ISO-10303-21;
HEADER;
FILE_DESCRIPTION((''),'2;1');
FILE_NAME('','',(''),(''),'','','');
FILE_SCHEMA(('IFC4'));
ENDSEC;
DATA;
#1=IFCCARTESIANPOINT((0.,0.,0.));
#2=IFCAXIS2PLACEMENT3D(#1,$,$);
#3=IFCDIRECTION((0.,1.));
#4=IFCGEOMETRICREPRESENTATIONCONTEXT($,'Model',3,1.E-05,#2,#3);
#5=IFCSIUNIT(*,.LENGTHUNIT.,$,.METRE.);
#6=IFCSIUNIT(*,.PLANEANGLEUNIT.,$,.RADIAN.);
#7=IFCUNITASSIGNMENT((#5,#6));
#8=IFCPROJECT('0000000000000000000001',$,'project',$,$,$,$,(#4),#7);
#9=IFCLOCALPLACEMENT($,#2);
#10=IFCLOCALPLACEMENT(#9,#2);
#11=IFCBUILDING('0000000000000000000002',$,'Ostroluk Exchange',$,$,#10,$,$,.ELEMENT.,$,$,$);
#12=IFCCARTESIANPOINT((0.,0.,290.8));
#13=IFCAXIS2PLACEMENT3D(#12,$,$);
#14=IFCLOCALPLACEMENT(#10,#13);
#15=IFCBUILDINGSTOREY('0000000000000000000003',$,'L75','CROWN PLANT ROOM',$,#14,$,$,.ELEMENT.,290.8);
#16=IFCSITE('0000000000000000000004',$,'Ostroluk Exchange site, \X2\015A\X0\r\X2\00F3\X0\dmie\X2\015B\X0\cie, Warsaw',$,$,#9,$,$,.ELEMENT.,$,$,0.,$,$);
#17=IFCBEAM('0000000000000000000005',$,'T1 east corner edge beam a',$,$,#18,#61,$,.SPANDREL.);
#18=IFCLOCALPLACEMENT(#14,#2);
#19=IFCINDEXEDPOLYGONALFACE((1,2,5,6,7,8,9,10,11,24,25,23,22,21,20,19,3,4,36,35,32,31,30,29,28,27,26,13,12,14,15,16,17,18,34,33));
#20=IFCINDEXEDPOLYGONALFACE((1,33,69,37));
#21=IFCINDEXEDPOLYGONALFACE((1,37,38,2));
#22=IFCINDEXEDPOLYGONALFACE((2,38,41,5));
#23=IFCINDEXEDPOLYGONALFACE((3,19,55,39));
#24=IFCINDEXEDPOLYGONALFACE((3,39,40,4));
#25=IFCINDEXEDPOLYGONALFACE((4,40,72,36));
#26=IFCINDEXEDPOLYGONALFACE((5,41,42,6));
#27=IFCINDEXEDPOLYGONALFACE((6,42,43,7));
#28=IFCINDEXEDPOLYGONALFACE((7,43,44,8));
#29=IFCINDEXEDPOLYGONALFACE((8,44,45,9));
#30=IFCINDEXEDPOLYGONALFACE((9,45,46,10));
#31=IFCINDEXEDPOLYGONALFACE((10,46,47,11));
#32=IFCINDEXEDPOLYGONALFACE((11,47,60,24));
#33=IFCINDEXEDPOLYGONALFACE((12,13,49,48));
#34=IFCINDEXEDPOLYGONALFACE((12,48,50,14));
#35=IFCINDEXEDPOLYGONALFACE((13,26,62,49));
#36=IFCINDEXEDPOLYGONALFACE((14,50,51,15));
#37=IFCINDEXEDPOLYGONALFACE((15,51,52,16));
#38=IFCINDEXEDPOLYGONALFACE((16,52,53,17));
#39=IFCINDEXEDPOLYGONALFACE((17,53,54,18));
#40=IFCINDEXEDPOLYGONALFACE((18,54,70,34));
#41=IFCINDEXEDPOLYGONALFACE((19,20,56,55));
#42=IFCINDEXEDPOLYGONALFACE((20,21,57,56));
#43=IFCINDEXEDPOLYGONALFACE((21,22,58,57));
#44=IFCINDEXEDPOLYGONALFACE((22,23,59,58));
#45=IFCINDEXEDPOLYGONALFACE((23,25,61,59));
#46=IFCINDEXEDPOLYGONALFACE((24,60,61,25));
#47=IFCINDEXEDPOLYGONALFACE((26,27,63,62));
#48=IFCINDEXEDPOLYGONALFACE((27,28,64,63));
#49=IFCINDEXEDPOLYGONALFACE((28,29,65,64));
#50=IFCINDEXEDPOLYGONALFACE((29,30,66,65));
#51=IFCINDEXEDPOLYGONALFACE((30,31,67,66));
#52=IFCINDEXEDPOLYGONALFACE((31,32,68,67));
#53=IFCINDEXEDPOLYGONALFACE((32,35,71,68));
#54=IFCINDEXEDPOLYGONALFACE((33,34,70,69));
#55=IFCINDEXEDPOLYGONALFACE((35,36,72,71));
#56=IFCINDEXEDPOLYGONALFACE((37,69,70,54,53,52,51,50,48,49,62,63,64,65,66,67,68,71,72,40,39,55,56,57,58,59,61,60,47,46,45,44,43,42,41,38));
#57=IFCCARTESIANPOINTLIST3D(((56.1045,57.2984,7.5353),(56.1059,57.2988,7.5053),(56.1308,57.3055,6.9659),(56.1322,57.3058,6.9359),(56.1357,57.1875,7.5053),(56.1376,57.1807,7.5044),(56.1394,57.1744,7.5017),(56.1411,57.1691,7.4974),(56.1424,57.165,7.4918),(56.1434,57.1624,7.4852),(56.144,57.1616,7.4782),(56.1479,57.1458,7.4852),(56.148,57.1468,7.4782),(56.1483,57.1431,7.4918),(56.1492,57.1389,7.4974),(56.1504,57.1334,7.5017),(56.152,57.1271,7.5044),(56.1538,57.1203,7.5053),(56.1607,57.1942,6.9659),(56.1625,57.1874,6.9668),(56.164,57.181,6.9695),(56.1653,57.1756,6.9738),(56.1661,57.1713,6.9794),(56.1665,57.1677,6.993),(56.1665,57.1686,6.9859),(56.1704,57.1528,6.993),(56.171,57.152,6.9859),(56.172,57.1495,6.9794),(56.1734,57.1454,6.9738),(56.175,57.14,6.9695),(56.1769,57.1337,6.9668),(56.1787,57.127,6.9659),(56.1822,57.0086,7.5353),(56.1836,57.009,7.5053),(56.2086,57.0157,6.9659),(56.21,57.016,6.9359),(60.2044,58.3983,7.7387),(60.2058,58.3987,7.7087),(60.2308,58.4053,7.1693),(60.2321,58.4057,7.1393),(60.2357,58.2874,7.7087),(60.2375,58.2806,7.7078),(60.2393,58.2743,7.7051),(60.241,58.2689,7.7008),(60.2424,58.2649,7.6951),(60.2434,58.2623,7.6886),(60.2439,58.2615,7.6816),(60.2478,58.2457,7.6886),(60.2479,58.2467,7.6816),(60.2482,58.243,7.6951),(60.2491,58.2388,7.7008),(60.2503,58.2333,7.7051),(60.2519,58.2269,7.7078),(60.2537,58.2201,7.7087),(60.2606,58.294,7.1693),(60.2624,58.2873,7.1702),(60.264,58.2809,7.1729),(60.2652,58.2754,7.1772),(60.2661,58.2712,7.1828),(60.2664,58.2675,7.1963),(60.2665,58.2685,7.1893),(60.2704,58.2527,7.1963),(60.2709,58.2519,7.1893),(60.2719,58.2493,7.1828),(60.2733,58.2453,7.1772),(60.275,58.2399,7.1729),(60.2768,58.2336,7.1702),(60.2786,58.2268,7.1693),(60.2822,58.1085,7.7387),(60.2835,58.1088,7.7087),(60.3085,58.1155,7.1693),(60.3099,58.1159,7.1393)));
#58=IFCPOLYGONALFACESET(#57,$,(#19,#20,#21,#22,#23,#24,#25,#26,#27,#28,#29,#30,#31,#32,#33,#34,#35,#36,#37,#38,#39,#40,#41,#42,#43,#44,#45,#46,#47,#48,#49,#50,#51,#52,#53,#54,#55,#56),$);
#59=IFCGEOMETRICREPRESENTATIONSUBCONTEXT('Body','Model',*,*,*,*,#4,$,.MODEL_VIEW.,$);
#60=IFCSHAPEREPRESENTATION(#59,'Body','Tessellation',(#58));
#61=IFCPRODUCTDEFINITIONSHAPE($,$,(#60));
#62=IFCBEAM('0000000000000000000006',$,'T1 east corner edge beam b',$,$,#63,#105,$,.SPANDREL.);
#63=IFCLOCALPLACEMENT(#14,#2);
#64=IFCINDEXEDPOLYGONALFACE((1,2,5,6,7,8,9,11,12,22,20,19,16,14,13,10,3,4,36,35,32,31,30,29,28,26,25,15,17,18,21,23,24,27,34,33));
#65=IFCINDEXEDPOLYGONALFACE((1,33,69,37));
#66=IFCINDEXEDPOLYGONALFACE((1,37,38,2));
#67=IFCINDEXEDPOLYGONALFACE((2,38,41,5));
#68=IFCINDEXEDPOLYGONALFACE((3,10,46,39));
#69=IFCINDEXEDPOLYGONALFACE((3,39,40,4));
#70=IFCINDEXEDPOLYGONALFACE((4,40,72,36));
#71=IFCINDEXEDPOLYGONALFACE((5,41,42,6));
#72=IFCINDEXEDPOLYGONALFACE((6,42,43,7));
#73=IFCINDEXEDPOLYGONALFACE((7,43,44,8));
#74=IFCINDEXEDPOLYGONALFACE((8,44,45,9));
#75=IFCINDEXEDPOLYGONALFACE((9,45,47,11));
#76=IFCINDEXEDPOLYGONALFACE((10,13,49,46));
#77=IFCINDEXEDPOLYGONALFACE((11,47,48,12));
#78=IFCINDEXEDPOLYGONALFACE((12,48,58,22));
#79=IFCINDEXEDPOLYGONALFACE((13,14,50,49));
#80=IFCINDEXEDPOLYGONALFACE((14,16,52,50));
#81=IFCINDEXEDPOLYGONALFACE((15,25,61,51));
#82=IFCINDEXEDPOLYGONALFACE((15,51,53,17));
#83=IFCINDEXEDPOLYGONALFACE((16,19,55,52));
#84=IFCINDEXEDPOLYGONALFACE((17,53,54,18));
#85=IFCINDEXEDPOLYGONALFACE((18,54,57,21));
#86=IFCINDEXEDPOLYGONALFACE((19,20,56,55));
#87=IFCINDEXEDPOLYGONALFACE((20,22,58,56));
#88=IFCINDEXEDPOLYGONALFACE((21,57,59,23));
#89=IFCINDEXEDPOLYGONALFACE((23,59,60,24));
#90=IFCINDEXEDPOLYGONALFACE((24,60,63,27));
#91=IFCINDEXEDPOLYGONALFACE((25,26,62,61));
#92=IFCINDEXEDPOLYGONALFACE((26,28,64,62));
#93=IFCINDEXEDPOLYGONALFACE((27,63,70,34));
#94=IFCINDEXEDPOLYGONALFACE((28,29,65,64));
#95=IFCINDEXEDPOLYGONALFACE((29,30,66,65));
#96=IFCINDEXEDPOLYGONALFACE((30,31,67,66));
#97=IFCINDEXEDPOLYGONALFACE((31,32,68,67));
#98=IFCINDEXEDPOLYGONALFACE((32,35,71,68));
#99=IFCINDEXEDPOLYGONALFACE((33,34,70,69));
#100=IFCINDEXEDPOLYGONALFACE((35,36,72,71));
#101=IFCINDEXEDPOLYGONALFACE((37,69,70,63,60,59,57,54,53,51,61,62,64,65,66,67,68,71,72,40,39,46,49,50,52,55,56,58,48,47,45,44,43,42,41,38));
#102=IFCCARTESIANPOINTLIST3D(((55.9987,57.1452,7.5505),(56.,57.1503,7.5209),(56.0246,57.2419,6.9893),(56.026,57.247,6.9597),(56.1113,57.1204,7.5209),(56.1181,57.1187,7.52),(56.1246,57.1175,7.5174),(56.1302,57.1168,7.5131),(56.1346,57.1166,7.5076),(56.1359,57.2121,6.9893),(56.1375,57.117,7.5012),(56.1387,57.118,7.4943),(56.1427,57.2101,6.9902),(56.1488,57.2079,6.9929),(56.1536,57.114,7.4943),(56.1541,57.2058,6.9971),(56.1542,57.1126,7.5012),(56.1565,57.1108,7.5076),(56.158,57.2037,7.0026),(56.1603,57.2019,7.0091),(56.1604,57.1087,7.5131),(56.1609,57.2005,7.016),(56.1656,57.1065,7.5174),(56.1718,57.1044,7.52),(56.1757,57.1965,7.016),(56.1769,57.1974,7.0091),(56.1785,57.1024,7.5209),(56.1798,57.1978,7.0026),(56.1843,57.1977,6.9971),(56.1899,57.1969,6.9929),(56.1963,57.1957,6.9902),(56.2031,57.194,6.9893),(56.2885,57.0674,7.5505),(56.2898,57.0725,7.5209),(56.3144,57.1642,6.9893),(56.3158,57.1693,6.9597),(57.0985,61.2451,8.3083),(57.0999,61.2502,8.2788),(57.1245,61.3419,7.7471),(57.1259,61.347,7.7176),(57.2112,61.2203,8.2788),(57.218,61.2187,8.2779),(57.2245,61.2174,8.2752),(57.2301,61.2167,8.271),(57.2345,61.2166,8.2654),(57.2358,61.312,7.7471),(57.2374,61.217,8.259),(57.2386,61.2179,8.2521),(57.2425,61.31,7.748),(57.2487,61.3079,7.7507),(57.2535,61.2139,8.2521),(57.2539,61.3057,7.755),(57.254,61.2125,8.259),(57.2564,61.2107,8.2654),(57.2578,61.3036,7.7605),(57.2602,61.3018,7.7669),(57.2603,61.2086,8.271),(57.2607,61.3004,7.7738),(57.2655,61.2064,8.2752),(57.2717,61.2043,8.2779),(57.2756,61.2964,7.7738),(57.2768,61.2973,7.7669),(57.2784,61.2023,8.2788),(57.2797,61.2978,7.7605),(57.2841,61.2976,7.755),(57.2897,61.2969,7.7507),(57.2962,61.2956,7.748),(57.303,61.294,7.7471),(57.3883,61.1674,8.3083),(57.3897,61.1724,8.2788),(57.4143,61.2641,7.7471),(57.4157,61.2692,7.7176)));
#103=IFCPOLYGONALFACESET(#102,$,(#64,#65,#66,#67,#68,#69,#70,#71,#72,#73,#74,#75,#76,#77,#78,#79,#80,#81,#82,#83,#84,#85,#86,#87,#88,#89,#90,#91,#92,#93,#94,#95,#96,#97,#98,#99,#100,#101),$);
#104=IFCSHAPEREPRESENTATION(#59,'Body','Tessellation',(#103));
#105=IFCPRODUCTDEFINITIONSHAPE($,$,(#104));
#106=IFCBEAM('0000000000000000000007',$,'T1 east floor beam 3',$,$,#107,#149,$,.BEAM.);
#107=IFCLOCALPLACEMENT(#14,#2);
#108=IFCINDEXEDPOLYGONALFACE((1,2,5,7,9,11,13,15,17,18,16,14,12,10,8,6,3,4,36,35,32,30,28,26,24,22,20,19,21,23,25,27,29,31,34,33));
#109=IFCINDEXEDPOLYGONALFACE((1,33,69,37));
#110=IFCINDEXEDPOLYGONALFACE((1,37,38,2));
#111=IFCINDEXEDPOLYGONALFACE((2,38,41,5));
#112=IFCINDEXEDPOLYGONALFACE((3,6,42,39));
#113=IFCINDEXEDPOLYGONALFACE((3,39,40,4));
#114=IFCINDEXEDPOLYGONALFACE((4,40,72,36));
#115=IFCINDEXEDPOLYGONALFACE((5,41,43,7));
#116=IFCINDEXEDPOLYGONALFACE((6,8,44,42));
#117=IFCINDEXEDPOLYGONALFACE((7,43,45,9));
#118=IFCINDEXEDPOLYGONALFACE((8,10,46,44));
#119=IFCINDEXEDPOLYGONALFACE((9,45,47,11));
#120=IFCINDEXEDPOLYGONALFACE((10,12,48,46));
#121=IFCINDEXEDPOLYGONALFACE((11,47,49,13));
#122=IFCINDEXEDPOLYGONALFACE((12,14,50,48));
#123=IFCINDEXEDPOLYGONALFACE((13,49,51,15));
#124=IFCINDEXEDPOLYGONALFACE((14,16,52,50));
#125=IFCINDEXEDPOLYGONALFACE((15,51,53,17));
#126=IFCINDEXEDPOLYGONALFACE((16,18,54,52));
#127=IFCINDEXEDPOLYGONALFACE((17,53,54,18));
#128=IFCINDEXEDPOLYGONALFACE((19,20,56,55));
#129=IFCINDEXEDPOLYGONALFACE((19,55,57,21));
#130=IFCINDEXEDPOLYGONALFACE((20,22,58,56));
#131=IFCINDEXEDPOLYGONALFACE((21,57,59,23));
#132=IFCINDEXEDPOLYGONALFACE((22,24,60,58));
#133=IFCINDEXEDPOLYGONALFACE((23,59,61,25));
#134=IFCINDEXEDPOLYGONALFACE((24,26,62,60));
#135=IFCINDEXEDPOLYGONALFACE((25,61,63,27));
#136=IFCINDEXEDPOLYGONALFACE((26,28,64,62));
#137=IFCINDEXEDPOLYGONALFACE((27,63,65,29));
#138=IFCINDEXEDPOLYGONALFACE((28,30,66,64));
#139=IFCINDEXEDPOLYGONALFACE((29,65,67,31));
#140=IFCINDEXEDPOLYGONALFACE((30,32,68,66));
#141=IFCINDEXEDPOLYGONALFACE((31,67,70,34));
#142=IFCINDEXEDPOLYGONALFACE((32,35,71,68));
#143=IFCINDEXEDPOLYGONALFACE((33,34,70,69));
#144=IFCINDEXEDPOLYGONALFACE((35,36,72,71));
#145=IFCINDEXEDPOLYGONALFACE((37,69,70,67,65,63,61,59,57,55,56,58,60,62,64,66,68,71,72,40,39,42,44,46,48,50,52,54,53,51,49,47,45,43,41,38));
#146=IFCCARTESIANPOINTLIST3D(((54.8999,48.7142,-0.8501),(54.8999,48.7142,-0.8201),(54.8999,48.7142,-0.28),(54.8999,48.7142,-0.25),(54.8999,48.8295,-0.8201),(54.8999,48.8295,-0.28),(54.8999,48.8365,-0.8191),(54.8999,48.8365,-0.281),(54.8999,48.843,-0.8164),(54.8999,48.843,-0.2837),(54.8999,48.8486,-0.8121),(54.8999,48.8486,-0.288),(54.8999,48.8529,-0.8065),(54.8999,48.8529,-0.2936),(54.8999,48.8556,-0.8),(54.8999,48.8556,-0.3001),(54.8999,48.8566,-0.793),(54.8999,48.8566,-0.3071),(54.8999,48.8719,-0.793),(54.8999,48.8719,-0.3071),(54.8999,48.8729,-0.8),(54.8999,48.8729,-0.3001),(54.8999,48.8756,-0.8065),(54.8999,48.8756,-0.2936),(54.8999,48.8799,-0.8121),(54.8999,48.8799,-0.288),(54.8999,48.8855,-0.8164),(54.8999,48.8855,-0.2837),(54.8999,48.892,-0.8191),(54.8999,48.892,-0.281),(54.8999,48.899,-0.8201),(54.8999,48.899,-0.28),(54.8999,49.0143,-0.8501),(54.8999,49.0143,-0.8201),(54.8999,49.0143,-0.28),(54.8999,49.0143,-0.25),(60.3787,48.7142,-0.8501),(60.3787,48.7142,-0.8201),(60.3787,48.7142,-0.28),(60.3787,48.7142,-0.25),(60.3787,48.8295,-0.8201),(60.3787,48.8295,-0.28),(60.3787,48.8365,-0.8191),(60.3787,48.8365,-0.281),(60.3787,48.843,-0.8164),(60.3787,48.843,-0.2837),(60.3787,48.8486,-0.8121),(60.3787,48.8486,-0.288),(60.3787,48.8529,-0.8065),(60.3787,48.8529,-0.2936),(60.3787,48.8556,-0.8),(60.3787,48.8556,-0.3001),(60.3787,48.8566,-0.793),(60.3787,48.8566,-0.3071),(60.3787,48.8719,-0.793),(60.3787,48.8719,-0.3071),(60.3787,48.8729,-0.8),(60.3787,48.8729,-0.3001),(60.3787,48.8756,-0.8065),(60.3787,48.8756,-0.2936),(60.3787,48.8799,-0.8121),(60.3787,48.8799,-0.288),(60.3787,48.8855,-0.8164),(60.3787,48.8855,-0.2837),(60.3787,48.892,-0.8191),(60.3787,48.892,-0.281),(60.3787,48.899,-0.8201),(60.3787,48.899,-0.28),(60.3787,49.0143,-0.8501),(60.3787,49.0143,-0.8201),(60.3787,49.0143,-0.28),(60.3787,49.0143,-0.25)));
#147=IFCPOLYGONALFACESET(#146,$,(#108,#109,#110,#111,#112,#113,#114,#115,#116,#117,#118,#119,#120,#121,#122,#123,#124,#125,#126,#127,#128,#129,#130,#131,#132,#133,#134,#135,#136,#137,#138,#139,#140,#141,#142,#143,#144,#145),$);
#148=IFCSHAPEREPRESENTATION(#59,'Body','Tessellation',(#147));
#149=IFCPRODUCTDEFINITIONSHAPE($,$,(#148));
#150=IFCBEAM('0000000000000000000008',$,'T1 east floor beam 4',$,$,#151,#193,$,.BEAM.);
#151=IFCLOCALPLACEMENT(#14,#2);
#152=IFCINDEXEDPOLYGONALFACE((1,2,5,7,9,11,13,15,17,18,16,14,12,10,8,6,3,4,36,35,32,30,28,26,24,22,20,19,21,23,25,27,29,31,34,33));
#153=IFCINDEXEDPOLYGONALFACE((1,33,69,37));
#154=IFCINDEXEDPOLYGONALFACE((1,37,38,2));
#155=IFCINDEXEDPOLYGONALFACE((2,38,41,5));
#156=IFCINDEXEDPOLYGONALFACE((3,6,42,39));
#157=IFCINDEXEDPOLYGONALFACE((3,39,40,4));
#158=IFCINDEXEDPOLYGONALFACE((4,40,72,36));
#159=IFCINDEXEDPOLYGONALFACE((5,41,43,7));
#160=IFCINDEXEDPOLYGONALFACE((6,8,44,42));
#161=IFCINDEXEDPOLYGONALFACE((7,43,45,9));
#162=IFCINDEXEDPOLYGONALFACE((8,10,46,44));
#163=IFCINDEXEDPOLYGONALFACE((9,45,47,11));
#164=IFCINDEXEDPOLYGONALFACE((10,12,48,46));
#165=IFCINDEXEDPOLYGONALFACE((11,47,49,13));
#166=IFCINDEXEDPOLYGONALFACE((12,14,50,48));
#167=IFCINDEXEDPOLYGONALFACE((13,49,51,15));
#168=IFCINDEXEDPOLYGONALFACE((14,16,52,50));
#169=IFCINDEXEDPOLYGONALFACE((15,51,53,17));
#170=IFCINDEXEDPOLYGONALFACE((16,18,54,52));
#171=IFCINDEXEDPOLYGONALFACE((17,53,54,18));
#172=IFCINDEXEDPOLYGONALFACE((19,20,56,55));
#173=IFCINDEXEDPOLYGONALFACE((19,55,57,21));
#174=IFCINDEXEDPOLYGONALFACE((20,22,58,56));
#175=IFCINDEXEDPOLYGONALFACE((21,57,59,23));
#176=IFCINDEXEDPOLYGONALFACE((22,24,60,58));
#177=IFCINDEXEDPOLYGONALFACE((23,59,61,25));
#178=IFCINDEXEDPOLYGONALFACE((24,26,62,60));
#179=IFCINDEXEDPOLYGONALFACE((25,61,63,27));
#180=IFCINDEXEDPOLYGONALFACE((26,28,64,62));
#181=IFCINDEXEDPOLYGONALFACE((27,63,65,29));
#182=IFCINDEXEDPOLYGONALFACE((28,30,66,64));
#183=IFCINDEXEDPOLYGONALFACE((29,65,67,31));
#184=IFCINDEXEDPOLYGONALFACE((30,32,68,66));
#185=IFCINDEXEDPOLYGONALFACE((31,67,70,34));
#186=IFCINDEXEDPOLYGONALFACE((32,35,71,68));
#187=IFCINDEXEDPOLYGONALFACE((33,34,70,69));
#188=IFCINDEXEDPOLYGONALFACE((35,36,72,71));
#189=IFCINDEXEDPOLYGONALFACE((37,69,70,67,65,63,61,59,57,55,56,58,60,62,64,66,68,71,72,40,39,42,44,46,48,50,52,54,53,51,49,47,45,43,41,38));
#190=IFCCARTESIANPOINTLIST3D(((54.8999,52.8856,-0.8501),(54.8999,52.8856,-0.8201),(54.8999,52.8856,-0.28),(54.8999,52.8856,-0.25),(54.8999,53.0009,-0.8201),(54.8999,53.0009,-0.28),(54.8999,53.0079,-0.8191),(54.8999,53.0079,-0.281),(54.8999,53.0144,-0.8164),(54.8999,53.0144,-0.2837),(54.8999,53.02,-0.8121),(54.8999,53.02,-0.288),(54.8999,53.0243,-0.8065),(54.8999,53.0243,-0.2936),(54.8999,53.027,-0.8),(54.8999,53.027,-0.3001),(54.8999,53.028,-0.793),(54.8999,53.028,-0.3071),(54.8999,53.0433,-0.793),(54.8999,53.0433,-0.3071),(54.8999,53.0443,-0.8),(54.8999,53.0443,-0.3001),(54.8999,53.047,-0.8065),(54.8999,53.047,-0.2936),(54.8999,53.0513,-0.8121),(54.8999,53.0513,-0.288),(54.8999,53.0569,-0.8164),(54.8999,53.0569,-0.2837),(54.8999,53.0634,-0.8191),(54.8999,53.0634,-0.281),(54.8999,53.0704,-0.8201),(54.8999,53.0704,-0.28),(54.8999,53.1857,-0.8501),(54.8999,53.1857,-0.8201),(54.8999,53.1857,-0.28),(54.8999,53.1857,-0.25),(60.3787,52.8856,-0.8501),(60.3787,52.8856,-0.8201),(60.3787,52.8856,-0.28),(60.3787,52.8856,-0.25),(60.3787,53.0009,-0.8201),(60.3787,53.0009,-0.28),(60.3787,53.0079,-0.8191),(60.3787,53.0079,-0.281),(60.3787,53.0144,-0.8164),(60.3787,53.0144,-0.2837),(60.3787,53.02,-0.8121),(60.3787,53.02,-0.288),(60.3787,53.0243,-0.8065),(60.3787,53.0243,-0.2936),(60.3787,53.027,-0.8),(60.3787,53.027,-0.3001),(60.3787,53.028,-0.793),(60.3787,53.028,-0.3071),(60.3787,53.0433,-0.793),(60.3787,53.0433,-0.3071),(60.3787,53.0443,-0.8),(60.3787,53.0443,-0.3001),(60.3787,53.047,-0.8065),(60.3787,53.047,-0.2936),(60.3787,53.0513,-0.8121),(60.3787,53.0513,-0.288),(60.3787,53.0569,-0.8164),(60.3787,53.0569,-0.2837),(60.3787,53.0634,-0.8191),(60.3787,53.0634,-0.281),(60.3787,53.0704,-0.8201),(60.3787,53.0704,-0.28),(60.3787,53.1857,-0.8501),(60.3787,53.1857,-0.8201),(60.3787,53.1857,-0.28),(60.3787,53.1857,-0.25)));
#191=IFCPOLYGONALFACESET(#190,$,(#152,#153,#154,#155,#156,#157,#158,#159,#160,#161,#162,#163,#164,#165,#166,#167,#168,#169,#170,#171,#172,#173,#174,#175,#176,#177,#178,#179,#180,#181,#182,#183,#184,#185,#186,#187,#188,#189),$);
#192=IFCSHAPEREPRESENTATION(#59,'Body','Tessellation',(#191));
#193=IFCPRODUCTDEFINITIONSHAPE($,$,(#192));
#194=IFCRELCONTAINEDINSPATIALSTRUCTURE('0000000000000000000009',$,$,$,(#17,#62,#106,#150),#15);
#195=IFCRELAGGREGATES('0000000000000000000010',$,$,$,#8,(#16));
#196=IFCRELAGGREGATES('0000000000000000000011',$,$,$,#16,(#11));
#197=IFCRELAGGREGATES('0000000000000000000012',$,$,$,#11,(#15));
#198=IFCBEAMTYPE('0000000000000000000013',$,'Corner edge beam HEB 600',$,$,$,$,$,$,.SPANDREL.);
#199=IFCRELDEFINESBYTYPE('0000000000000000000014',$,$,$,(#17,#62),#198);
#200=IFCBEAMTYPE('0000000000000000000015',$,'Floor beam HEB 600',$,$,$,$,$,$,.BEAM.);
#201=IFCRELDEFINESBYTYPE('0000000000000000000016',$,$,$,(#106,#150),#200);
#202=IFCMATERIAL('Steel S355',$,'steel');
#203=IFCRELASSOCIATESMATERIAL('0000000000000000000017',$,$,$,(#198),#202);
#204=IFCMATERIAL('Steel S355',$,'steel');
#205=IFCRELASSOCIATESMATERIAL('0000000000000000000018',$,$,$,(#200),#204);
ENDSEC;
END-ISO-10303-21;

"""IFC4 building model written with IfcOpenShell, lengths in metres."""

from ifc_helpers import new_model, si_unit, direction, frame, origin, origin_2d, place, context, subcontext, project, spatial, i_section, extrude, material, material_profile, profile_set, type_object, element, save


model = new_model("IFC4")

# Units and contexts
model_context = context("Model", 3, precision=1e-05, world=origin(), true_north=direction((0.0, 1.0)))
body_context = subcontext(model_context, "Body", "Model", "MODEL_VIEW")
ifc_project = project(units=[si_unit("LENGTHUNIT", "METRE"), si_unit("PLANEANGLEUNIT", "RADIAN")], contexts=[model_context])

# Site, building, storey
site_placement = place(None, origin())
site = spatial("IfcSite", under=ifc_project, at=site_placement, Name="Ostroluk Exchange site, Śródmieście, Warsaw", CompositionType="ELEMENT", RefElevation=0.0)
building_placement = place(site_placement, origin())
building = spatial("IfcBuilding", under=site, at=building_placement, Name="Ostroluk Exchange", CompositionType="ELEMENT")
storey_placement = place(building_placement, frame((0.0, 0.0, 290.8)))
storey = spatial("IfcBuildingStorey", under=building, at=storey_placement, Name="L75", Description="CROWN PLANT ROOM", CompositionType="ELEMENT", Elevation=290.8)

# Beams
ifc_material_1 = material(Name="Steel S355", Category="steel")
ifc_material_profile_1 = material_profile(ifc_material_1, i_section(OverallWidth=0.3, OverallDepth=0.6001, WebThickness=0.0154, FlangeThickness=0.03, FilletRadius=0.0271, at=origin_2d()), Name="HEB 600")
ifc_profile_set_1 = profile_set([ifc_material_profile_1], Name="Steel S355")
beam_type_1 = type_object("IfcBeamType", Name="Corner edge beam HEB 600", PredefinedType="SPANDREL", material=ifc_profile_set_1)
beam_1_placement = place(storey_placement, frame((56.1572, 57.1572, 7.2356), z_axis=(0.964743, 0.258808, 0.047855), x_axis=(-0.259105, 0.965849, 0.0)))
element("IfcBeam", 1, at=beam_1_placement, inside=storey, type_object=beam_type_1, Name="T1 east corner edge beam a", PredefinedType="SPANDREL", context=body_context, shape_type="SweptSolid", body=[
    extrude(i_section(OverallWidth=0.3, OverallDepth=0.6001, WebThickness=0.0154, FlangeThickness=0.03, FilletRadius=0.0271, at=origin_2d()), origin(), (0.0, 0.0, 1.0), 4.2498),
])
beam_2_placement = place(storey_placement, frame((56.1572, 57.1572, 7.2551), z_axis=(0.255072, 0.950816, 0.175748), x_axis=(-0.965849, 0.259105, 0.0)))
element("IfcBeam", 2, at=beam_2_placement, inside=storey, type_object=beam_type_1, Name="T1 east corner edge beam b", PredefinedType="SPANDREL", context=body_context, shape_type="SweptSolid", body=[
    extrude(i_section(OverallWidth=0.3, OverallDepth=0.6001, WebThickness=0.0154, FlangeThickness=0.03, FilletRadius=0.0271, at=origin_2d()), origin(), (0.0, 0.0, 1.0), 4.312),
])
ifc_material_2 = material(Name="Steel S355", Category="steel")
ifc_material_profile_2 = material_profile(ifc_material_2, i_section(OverallWidth=0.3, OverallDepth=0.6001, WebThickness=0.0154, FlangeThickness=0.03, FilletRadius=0.0271, at=origin_2d()), Name="HEB 600")
ifc_profile_set_2 = profile_set([ifc_material_profile_2], Name="Steel S355")
beam_type_2 = type_object("IfcBeamType", Name="Floor beam HEB 600", PredefinedType="BEAM", material=ifc_profile_set_2)
for number, where, z_axis, x_axis, name in (
    (3, (54.8999, 48.8643, -0.55), (1.0, 0.0, 0.0), (0.0, 1.0, 0.0), "T1 east floor beam 3"),
    (4, (54.8999, 53.0356, -0.55), (1.0, 0.0, 0.0), (0.0, 1.0, 0.0), "T1 east floor beam 4"),
):
    element("IfcBeam", number, at=place(storey_placement, frame(where, z_axis=z_axis, x_axis=x_axis)), inside=storey, type_object=beam_type_2, Name=name, PredefinedType="BEAM", context=body_context, shape_type="SweptSolid", body=[
        extrude(i_section(OverallWidth=0.3, OverallDepth=0.6001, WebThickness=0.0154, FlangeThickness=0.03, FilletRadius=0.0271, at=origin_2d()), origin(), (0.0, 0.0, 1.0), 5.4788),
    ])

save(model, "model.ifc")
